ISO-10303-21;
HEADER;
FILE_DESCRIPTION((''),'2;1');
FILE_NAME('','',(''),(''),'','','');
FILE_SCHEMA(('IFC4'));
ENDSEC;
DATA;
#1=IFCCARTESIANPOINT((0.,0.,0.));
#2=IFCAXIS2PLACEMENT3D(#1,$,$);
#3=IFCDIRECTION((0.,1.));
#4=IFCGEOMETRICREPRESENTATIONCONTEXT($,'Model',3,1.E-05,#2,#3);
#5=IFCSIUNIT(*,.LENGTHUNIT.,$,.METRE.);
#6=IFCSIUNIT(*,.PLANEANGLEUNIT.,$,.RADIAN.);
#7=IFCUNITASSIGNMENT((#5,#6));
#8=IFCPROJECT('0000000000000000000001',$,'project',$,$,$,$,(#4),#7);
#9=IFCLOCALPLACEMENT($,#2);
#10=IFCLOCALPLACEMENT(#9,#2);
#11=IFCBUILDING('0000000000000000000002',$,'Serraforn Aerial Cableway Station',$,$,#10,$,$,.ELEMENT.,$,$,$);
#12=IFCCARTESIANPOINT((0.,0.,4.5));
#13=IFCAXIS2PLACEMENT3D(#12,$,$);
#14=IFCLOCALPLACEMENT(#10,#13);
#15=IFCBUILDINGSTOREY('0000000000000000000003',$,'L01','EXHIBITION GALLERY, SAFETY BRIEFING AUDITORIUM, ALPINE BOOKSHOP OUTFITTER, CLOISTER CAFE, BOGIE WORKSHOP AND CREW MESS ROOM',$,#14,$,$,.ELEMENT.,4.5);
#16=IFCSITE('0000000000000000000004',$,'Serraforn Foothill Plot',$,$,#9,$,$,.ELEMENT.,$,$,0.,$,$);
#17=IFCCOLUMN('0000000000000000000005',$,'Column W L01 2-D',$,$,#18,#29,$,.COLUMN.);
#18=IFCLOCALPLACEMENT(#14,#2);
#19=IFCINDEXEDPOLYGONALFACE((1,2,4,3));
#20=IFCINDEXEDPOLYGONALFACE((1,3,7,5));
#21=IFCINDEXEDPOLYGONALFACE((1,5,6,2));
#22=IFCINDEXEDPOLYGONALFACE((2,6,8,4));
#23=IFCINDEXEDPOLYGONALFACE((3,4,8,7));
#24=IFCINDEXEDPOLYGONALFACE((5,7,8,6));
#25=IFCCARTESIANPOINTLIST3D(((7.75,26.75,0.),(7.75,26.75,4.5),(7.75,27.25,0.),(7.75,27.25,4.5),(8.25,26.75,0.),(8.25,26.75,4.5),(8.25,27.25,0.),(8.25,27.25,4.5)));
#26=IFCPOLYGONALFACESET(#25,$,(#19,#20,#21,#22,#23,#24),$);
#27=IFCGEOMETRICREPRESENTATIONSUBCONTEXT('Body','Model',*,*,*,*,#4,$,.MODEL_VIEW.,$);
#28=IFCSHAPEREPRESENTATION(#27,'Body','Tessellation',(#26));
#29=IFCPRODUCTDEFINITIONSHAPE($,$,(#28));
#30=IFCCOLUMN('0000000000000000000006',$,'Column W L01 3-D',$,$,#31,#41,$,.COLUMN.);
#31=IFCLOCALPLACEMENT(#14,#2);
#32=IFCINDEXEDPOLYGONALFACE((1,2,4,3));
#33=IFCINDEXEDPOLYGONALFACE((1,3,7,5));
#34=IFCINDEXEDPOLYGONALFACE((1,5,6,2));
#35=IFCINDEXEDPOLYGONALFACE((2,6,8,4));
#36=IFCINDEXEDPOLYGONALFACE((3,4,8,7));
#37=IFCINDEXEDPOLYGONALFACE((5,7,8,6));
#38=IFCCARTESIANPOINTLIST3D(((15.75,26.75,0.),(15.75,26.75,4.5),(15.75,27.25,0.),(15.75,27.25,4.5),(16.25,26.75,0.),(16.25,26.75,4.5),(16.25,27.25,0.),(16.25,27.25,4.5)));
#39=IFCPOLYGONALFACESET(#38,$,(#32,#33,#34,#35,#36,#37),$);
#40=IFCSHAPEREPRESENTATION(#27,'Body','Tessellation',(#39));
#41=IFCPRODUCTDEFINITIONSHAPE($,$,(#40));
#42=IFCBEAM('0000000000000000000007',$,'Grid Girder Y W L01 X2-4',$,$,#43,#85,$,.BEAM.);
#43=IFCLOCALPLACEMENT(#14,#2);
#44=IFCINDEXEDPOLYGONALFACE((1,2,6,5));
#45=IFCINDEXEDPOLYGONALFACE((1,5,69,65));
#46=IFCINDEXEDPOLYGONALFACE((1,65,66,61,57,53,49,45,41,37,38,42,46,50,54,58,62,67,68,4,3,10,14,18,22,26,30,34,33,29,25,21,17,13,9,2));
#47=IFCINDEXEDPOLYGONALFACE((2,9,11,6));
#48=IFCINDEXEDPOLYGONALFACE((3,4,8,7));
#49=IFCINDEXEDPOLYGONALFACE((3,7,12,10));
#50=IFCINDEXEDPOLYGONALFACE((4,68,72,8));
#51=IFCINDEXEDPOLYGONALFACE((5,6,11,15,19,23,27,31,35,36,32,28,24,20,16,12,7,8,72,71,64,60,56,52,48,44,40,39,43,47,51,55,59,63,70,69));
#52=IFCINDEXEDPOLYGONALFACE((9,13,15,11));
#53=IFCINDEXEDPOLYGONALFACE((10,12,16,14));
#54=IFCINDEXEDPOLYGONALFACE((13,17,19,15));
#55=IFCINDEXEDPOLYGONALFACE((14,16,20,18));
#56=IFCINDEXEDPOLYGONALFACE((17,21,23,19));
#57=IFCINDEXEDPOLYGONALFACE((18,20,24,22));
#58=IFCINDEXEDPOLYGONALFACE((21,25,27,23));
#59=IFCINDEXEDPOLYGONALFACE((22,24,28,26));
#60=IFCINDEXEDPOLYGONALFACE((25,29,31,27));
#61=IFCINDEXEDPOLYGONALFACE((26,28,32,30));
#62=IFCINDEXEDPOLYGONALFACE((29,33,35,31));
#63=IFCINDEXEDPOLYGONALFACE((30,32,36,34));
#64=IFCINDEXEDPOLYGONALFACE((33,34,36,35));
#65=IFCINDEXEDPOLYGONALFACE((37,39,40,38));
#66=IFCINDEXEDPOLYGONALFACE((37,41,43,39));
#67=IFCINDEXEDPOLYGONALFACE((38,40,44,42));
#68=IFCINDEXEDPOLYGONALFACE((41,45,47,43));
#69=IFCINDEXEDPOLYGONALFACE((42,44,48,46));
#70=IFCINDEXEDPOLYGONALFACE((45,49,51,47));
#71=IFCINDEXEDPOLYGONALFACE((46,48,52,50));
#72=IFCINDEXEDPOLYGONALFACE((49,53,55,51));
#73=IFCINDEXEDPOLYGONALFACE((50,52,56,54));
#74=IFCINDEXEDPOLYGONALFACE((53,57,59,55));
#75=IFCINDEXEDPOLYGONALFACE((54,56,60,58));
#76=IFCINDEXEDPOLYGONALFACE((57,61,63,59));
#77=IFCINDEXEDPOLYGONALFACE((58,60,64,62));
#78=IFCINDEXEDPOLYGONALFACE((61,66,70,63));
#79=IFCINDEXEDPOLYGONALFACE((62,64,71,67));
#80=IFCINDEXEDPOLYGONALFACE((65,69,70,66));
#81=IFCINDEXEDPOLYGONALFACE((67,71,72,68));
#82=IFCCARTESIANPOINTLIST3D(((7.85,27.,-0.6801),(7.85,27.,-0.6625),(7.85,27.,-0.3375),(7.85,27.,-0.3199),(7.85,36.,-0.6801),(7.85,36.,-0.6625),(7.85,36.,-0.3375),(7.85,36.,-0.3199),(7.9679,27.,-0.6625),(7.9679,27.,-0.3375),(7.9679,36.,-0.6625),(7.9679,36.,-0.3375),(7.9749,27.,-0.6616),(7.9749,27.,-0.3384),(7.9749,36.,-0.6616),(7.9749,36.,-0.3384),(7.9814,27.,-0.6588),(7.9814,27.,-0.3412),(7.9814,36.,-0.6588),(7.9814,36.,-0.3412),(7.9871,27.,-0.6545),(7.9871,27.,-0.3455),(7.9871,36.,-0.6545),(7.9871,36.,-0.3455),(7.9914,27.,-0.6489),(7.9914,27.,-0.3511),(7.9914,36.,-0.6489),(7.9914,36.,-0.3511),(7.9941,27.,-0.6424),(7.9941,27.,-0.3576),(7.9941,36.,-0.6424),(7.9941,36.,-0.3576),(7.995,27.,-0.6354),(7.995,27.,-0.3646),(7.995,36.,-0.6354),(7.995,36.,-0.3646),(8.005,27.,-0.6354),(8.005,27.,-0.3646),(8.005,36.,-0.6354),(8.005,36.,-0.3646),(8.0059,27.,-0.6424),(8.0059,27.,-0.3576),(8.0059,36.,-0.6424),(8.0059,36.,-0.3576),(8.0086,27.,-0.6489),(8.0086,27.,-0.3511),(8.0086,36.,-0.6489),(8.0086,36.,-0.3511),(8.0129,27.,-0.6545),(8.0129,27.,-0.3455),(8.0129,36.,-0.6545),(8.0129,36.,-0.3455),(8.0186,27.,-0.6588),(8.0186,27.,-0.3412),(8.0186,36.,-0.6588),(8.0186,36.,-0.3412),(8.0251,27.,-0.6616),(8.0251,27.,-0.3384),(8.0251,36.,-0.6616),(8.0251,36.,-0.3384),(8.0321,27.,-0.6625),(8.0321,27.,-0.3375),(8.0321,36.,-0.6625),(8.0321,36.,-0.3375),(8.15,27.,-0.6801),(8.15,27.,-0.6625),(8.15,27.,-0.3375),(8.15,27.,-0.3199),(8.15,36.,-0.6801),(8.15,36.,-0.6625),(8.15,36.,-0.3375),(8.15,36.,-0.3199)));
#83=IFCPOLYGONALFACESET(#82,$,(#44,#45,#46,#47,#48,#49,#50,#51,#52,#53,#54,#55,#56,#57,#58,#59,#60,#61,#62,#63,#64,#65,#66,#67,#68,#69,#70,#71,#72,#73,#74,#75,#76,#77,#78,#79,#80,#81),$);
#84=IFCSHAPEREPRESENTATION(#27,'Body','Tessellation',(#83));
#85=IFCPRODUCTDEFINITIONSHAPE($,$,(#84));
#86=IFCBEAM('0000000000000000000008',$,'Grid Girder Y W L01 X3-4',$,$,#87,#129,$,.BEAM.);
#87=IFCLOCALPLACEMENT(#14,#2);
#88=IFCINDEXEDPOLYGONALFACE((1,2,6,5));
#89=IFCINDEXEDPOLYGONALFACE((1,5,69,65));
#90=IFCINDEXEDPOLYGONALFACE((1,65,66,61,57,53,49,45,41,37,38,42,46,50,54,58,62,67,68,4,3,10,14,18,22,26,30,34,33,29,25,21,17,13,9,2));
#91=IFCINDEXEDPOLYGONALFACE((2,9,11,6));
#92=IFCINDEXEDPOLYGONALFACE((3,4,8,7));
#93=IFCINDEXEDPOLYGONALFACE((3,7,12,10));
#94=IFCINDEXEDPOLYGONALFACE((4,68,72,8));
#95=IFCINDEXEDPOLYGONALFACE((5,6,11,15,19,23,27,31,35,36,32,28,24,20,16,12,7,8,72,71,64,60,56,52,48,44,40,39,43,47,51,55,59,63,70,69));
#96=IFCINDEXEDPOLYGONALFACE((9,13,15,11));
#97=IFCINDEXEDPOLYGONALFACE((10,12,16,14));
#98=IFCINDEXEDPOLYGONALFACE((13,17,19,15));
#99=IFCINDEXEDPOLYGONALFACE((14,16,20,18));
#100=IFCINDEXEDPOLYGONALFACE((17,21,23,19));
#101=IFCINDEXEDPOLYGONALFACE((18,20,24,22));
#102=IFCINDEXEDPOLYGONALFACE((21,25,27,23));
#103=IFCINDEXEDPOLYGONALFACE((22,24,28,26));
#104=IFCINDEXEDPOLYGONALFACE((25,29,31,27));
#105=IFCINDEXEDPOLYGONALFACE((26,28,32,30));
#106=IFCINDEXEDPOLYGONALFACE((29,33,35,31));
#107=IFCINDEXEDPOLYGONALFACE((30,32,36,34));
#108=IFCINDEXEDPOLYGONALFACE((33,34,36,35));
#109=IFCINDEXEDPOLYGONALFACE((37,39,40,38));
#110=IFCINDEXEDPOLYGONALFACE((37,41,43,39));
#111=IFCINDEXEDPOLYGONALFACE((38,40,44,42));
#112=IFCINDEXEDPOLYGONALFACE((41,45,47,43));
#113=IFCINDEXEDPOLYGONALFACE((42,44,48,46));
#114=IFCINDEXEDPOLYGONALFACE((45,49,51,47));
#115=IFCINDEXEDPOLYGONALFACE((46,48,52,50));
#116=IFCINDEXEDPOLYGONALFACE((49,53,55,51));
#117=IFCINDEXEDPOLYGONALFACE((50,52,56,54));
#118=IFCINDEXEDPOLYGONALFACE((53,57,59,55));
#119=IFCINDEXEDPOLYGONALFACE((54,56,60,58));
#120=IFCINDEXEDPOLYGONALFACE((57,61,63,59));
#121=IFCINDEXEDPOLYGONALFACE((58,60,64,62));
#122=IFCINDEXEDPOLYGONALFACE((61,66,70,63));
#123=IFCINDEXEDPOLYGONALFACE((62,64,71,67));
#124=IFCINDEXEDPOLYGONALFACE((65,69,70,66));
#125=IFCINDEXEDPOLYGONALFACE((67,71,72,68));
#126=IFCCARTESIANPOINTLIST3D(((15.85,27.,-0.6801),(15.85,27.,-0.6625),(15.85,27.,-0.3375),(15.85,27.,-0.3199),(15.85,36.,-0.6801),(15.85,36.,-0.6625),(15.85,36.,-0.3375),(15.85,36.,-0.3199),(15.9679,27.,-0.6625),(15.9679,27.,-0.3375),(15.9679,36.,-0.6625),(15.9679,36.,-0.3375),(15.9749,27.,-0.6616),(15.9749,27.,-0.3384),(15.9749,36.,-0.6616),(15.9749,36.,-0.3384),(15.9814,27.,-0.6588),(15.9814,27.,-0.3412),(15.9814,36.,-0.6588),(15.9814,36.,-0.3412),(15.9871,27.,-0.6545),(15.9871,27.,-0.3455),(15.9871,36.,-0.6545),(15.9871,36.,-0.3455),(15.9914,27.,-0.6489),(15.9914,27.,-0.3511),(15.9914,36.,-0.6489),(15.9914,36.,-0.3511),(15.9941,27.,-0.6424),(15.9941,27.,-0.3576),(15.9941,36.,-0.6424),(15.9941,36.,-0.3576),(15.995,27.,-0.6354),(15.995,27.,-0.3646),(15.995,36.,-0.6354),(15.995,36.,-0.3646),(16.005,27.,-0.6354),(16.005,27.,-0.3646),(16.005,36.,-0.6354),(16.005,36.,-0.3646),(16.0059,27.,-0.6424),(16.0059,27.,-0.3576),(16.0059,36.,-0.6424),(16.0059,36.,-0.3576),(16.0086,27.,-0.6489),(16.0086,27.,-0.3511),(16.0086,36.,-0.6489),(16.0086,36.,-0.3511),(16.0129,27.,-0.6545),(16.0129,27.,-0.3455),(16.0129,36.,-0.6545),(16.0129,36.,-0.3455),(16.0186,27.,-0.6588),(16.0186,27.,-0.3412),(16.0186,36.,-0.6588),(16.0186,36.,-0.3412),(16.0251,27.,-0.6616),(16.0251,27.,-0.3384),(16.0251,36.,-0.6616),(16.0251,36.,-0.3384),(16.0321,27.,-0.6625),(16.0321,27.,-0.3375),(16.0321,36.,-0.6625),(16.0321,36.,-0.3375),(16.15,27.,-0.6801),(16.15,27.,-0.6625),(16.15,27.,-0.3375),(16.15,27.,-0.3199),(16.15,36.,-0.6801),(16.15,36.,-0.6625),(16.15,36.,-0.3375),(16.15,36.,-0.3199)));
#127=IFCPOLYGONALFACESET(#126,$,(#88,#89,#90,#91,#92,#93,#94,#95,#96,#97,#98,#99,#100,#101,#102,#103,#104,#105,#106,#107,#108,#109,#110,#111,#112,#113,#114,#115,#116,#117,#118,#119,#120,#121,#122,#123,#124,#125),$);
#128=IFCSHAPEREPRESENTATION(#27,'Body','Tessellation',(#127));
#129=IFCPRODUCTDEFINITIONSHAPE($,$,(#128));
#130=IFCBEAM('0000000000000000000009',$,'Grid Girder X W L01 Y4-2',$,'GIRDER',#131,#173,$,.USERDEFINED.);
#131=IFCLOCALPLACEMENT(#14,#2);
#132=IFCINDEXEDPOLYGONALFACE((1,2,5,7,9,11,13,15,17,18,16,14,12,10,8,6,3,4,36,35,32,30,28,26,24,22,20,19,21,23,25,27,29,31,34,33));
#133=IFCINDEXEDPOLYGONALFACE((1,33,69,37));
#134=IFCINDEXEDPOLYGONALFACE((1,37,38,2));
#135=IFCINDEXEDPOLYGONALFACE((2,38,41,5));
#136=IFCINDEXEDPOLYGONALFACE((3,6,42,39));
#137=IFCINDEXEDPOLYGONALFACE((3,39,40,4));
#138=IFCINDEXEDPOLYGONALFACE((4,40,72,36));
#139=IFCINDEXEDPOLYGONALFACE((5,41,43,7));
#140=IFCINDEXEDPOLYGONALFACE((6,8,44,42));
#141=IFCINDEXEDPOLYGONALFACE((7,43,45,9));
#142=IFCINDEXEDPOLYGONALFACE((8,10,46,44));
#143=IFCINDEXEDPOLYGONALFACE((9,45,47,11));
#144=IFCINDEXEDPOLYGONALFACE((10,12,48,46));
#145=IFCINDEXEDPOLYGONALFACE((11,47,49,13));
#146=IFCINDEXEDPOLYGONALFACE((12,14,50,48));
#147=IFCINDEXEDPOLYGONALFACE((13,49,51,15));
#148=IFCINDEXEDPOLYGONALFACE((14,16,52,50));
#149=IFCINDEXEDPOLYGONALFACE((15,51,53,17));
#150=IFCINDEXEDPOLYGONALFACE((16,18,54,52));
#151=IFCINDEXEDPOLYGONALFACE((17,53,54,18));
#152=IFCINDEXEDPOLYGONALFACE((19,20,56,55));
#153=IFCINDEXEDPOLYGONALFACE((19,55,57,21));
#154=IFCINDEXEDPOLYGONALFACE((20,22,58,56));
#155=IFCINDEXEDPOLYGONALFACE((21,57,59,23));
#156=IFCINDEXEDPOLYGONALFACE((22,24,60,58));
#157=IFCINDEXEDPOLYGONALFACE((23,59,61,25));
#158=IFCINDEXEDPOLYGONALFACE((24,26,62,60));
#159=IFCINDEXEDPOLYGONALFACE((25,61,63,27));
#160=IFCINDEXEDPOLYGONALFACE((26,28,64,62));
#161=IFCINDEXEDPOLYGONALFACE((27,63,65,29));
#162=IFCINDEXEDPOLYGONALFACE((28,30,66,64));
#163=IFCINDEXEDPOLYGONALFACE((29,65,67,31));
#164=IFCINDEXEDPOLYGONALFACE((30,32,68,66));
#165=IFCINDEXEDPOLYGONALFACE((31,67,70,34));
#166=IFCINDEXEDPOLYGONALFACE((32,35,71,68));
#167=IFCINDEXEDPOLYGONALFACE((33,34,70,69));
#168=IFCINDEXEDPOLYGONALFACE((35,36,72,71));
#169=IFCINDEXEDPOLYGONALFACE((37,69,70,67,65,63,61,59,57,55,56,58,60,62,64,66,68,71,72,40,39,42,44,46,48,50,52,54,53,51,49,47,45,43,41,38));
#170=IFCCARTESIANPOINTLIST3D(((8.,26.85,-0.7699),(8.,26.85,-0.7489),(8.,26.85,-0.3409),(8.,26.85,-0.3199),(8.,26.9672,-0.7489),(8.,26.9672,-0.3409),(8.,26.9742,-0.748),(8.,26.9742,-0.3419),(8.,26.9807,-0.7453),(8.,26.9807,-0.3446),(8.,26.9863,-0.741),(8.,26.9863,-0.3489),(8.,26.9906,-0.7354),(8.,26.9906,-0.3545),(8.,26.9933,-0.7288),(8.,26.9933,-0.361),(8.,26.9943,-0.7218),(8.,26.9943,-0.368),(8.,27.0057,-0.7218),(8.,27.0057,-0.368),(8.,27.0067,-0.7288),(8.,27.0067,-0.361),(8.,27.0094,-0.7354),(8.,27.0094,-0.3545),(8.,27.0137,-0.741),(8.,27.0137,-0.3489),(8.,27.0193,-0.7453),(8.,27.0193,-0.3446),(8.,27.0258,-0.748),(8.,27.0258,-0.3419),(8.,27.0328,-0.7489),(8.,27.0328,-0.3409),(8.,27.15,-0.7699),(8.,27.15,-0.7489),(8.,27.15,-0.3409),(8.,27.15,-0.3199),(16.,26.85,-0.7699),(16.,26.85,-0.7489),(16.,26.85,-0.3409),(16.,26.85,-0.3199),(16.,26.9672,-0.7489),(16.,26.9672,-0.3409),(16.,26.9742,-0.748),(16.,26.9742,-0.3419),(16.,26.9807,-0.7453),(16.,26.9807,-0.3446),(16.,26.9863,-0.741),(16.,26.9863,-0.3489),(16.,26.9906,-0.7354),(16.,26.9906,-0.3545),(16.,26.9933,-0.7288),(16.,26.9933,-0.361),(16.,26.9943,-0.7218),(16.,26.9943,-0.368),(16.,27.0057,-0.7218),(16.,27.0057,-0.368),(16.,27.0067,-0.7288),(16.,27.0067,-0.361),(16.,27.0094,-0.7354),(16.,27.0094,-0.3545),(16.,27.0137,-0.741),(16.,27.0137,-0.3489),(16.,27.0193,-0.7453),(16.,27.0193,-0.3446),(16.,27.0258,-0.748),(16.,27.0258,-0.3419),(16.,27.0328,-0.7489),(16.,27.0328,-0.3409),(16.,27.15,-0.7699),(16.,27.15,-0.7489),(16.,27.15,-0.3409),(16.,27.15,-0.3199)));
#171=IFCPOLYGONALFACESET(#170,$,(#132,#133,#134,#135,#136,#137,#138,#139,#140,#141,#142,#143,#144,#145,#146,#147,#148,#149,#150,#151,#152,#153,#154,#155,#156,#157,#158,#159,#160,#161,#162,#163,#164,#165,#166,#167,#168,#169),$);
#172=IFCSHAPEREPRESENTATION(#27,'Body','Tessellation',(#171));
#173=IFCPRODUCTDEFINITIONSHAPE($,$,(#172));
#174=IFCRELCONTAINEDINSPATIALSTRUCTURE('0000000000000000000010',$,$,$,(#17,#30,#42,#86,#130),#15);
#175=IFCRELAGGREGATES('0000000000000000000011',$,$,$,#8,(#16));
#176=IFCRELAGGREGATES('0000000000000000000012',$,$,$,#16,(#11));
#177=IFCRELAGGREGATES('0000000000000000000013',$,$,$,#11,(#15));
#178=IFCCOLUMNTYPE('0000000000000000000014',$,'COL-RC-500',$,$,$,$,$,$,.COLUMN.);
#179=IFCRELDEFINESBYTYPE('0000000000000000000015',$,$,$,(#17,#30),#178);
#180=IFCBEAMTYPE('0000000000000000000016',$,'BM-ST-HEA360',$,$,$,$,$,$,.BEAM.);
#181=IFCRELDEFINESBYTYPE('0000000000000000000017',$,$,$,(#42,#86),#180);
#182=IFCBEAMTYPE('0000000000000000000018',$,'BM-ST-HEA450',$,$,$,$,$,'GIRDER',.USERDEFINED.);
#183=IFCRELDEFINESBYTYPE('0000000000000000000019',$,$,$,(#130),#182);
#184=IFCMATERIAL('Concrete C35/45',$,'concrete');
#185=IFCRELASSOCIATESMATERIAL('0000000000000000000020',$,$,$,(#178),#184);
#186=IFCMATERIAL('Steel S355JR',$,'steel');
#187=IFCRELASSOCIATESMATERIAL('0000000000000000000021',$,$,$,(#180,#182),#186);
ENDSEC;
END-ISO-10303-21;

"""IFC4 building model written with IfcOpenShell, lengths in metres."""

from ifc_helpers import new_model, si_unit, direction, frame, origin, origin_2d, place, context, subcontext, project, spatial, rectangle, i_section, extrude, material, material_profile, profile_set, type_object, element, save


model = new_model("IFC4")

# Units and contexts
model_context = context("Model", 3, precision=1e-05, world=origin(), true_north=direction((0.0, 1.0)))
body_context = subcontext(model_context, "Body", "Model", "MODEL_VIEW")
ifc_project = project(units=[si_unit("LENGTHUNIT", "METRE"), si_unit("PLANEANGLEUNIT", "RADIAN")], contexts=[model_context])

# Site, building, storey
site_placement = place(None, origin())
site = spatial("IfcSite", under=ifc_project, at=site_placement, Name="Serraforn Foothill Plot", CompositionType="ELEMENT", RefElevation=0.0)
building_placement = place(site_placement, origin())
building = spatial("IfcBuilding", under=site, at=building_placement, Name="Serraforn Aerial Cableway Station", CompositionType="ELEMENT")
storey_placement = place(building_placement, frame((0.0, 0.0, 4.5)))
storey = spatial("IfcBuildingStorey", under=building, at=storey_placement, Name="L01", Description="EXHIBITION GALLERY, SAFETY BRIEFING AUDITORIUM, ALPINE BOOKSHOP OUTFITTER, CLOISTER CAFE, BOGIE WORKSHOP AND CREW MESS ROOM", CompositionType="ELEMENT", Elevation=4.5)

# Columns
ifc_material_1 = material(Name="Concrete C35/45", Category="concrete")
ifc_material_profile_1 = material_profile(ifc_material_1, rectangle(XDim=0.5, YDim=0.5, at=origin_2d()), Name="RC 500x500")
ifc_profile_set_1 = profile_set([ifc_material_profile_1], Name="Concrete C35/45")
column_type = type_object("IfcColumnType", Name="COL-RC-500", PredefinedType="COLUMN", material=ifc_profile_set_1)
for number, where, z_axis, x_axis, name in (
    (1, (8.0, 27.0, 0.0), (0.0, 0.0, 1.0), (1.0, 0.0, 0.0), "Column W L01 2-D"),
    (2, (16.0, 27.0, 0.0), (0.0, 0.0, 1.0), (1.0, 0.0, 0.0), "Column W L01 3-D"),
):
    element("IfcColumn", number, at=place(storey_placement, frame(where, z_axis=z_axis, x_axis=x_axis)), inside=storey, type_object=column_type, Name=name, PredefinedType="COLUMN", context=body_context, shape_type="SweptSolid", body=[
        extrude(rectangle(XDim=0.5, YDim=0.5, at=origin_2d()), origin(), (0.0, 0.0, 1.0), 4.5),
    ])

# Beams
ifc_material_2 = material(Name="Steel S355JR", Category="steel")
ifc_material_profile_2 = material_profile(ifc_material_2, i_section(OverallWidth=0.3, OverallDepth=0.3601, WebThickness=0.01, FlangeThickness=0.0176, FilletRadius=0.0271, at=origin_2d()), Name="HEA 360")
ifc_profile_set_2 = profile_set([ifc_material_profile_2], Name="Steel S355JR")
beam_type_1 = type_object("IfcBeamType", Name="BM-ST-HEA360", PredefinedType="BEAM", material=ifc_profile_set_2)
for number, where, z_axis, x_axis, name in (
    (3, (8.0, 27.0, -0.5), (0.0, 1.0, 0.0), (-1.0, 0.0, 0.0), "Grid Girder Y W L01 X2-4"),
    (4, (16.0, 27.0, -0.5), (0.0, 1.0, 0.0), (-1.0, 0.0, 0.0), "Grid Girder Y W L01 X3-4"),
):
    element("IfcBeam", number, at=place(storey_placement, frame(where, z_axis=z_axis, x_axis=x_axis)), inside=storey, type_object=beam_type_1, Name=name, PredefinedType="BEAM", context=body_context, shape_type="SweptSolid", body=[
        extrude(i_section(OverallWidth=0.3, OverallDepth=0.3601, WebThickness=0.01, FlangeThickness=0.0176, FilletRadius=0.0271, at=origin_2d()), origin(), (0.0, 0.0, 1.0), 9.0),
    ])
ifc_material_profile_3 = material_profile(ifc_material_2, i_section(OverallWidth=0.3, OverallDepth=0.45, WebThickness=0.0115, FlangeThickness=0.021, FilletRadius=0.0271, at=origin_2d()), Name="HEA 450")
ifc_profile_set_3 = profile_set([ifc_material_profile_3], Name="Steel S355JR")
beam_type_2 = type_object("IfcBeamType", Name="BM-ST-HEA450", ElementType="GIRDER", PredefinedType="USERDEFINED", material=ifc_profile_set_3)
beam_1_placement = place(storey_placement, frame((8.0, 27.0, -0.5449), z_axis=(1.0, 0.0, 0.0), x_axis=(0.0, 1.0, 0.0)))
element("IfcBeam", 5, at=beam_1_placement, inside=storey, type_object=beam_type_2, Name="Grid Girder X W L01 Y4-2", ObjectType="GIRDER", PredefinedType="USERDEFINED", context=body_context, shape_type="SweptSolid", body=[
    extrude(i_section(OverallWidth=0.3, OverallDepth=0.45, WebThickness=0.0115, FlangeThickness=0.021, FilletRadius=0.0271, at=origin_2d()), origin(), (0.0, 0.0, 1.0), 8.0),
])

save(model, "model.ifc")
